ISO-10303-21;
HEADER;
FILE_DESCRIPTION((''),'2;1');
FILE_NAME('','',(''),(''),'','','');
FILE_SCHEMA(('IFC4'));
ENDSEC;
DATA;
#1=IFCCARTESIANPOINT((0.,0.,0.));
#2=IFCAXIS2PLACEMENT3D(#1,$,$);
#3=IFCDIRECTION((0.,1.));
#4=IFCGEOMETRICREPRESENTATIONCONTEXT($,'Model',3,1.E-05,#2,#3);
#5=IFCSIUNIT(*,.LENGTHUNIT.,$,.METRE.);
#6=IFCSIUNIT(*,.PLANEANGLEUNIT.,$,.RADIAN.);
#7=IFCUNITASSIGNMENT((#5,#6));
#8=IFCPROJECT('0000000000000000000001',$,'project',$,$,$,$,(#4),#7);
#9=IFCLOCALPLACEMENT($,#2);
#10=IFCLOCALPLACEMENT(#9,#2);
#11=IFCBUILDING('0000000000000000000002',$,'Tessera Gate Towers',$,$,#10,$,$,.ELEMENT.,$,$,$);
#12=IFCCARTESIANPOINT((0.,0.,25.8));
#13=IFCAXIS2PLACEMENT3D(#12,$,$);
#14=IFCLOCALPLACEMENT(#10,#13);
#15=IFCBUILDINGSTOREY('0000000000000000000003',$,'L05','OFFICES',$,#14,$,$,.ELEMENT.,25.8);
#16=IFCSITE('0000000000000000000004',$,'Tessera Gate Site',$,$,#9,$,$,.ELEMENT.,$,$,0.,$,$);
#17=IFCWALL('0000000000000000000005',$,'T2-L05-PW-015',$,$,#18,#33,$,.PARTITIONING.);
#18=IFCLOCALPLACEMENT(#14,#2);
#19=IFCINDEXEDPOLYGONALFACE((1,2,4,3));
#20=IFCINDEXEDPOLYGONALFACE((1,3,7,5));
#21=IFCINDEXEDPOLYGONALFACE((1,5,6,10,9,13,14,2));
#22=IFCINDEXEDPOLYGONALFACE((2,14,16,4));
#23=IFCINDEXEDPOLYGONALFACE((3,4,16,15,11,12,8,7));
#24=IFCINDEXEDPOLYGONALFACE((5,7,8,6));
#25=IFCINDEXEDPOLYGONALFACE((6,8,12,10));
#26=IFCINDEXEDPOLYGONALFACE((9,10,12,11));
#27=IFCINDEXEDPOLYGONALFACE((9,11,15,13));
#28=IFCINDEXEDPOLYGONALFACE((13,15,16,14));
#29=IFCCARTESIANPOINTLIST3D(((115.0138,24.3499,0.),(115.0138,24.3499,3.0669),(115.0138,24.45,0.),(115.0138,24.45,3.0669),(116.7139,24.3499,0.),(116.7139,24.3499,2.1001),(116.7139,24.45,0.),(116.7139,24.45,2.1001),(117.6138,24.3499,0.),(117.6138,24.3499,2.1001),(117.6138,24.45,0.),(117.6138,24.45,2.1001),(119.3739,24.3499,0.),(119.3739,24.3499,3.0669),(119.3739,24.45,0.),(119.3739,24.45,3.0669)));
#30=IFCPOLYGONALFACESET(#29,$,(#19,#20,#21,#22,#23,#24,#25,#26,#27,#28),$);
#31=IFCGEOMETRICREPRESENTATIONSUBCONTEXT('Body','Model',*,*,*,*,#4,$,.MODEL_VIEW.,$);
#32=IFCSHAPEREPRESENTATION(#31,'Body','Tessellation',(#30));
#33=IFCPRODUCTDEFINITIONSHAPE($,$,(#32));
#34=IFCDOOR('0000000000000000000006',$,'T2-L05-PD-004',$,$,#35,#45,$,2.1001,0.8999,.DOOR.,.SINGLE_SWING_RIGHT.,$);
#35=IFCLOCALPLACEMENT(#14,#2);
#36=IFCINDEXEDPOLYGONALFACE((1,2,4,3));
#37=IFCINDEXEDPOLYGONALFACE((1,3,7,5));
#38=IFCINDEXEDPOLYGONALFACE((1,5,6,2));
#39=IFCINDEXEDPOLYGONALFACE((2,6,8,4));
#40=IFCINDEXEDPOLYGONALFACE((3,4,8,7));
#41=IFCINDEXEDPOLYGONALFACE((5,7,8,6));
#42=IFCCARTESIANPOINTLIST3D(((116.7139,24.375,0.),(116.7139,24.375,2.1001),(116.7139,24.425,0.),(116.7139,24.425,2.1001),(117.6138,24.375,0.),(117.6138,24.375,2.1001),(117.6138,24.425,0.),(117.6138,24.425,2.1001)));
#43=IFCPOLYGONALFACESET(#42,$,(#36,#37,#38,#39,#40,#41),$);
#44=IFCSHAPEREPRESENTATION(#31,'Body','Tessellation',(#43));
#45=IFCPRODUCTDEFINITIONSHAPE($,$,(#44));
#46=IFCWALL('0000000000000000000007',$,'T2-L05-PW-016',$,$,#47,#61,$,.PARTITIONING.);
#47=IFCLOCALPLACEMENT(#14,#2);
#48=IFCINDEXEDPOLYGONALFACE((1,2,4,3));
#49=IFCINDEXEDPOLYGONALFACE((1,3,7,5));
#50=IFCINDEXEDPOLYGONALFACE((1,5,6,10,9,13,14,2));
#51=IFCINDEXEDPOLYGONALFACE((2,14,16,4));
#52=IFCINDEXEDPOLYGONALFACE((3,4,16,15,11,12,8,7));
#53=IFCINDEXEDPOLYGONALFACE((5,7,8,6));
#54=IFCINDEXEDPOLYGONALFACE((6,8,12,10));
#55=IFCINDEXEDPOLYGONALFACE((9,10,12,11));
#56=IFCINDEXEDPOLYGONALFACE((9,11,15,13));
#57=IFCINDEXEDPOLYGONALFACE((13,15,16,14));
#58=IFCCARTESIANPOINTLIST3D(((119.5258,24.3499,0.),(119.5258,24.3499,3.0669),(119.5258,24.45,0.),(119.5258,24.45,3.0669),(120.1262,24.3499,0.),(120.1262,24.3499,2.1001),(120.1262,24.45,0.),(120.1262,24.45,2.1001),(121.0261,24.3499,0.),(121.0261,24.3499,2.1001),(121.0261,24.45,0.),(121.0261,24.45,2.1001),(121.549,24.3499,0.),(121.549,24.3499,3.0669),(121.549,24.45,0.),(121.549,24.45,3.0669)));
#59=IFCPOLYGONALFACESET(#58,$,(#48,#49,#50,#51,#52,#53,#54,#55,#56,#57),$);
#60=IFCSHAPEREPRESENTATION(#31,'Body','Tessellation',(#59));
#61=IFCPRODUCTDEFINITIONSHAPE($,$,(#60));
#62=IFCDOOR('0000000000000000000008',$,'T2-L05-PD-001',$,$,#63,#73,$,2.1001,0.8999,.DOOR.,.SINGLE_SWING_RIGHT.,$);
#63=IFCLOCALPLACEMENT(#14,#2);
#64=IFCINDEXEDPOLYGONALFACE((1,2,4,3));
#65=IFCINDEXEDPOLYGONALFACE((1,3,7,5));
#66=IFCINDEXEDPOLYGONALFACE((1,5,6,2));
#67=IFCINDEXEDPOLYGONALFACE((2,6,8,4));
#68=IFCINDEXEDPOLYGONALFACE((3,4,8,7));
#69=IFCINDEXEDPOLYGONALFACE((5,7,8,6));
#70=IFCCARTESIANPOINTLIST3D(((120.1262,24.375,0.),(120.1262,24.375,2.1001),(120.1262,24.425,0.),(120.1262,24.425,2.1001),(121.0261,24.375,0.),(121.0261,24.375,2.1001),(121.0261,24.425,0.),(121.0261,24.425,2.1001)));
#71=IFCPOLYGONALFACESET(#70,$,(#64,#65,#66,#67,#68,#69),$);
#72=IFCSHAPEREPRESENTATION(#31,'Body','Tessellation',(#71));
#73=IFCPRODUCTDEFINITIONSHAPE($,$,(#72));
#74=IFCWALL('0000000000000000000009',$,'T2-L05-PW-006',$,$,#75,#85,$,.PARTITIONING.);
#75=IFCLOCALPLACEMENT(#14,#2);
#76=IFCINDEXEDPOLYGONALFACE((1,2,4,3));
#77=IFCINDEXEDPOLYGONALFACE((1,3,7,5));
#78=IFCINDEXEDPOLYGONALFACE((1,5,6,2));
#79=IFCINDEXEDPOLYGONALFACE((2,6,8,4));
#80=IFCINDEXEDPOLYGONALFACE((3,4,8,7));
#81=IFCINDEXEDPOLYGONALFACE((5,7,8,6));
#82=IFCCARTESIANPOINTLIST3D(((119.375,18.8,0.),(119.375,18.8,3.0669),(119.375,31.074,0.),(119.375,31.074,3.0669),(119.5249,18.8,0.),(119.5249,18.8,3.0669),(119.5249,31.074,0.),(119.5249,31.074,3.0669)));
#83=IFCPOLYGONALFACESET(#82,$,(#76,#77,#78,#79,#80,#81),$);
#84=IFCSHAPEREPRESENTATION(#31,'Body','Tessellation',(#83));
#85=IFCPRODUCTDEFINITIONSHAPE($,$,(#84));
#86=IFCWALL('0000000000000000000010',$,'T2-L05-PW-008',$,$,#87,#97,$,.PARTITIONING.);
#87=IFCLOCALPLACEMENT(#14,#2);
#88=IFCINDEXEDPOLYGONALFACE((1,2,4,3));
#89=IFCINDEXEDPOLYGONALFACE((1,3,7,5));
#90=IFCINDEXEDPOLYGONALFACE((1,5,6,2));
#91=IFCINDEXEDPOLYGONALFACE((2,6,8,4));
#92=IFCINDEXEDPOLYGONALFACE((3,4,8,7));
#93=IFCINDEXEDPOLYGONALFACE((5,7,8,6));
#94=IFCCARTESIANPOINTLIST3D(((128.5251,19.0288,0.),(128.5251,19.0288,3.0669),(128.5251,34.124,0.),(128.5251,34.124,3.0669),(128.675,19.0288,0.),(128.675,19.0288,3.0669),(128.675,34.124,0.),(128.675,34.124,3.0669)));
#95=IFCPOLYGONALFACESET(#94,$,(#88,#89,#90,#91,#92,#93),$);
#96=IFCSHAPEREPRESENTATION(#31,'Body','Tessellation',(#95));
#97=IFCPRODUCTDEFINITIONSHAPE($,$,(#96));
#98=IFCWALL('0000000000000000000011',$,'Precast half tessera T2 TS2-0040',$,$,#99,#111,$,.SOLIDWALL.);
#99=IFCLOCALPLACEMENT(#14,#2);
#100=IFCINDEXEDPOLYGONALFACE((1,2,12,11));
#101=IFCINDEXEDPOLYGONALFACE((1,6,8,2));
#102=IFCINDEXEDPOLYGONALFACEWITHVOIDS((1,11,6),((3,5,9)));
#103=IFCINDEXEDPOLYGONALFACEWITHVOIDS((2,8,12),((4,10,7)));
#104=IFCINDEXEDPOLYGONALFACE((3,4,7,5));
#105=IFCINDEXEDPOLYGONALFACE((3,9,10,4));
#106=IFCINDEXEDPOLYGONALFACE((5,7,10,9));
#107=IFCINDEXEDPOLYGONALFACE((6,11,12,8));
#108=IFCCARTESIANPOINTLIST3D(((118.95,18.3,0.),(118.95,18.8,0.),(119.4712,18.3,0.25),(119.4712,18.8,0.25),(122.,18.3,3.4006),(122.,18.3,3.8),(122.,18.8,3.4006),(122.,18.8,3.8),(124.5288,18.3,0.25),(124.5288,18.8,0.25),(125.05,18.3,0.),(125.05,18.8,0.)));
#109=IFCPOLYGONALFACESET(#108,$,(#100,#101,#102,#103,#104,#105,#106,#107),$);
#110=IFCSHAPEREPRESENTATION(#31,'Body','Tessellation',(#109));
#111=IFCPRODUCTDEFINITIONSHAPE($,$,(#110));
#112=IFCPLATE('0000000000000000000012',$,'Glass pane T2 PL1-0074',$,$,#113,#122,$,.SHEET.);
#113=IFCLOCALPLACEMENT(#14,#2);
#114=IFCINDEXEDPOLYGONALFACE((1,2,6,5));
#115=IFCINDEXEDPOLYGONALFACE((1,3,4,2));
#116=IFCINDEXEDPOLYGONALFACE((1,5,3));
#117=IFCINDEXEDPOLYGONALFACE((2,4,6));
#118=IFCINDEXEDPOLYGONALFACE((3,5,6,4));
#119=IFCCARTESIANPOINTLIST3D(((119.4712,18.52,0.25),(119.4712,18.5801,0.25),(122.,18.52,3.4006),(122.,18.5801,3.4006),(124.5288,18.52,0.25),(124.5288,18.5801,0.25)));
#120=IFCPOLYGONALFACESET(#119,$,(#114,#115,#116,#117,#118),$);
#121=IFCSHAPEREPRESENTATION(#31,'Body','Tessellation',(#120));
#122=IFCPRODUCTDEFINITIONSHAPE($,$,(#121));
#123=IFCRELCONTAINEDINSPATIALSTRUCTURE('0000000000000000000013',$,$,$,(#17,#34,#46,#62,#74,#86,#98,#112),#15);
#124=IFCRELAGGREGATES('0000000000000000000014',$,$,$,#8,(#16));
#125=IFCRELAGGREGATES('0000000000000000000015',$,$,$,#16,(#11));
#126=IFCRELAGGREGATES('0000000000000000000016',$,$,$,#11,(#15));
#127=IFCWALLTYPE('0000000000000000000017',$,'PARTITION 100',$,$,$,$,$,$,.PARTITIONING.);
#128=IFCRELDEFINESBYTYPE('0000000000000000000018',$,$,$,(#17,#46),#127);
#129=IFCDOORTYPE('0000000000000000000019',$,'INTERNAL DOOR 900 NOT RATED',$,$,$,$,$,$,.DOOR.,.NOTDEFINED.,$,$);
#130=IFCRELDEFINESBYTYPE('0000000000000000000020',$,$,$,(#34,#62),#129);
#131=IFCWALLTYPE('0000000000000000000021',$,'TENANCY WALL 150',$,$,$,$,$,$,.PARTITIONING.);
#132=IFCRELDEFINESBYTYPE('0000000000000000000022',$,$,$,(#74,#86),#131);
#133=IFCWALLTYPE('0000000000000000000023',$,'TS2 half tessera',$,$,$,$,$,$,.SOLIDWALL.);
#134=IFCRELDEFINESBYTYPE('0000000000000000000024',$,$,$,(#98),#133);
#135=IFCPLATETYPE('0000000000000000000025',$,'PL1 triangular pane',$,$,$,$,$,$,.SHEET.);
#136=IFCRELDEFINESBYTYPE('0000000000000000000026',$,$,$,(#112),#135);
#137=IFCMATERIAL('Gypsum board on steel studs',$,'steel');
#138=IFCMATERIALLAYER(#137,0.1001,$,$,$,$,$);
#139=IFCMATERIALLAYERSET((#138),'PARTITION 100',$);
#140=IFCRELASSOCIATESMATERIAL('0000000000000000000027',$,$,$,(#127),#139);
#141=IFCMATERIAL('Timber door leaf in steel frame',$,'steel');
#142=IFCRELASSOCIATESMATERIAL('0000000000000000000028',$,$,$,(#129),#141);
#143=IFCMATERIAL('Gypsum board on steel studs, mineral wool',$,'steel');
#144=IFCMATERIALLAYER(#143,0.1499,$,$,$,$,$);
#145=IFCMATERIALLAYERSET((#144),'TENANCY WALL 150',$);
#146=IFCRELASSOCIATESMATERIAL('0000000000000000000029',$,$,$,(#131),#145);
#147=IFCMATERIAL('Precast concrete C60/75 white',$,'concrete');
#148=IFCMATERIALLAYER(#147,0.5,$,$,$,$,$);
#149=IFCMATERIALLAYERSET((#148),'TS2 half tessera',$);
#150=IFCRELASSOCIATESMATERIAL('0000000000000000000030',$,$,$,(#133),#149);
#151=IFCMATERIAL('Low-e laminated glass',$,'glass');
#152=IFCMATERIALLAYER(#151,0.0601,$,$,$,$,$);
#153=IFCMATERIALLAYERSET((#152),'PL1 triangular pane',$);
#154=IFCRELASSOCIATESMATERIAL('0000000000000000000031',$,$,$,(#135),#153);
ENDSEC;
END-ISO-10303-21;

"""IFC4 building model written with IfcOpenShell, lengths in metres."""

from ifc_helpers import new_model, si_unit, direction, frame, frame_2d, origin, place, context, subcontext, project, spatial, polyline, rectangle, outline, extrude, source, transform, mapped, material, layer, layer_set, type_object, element, fill, save


model = new_model("IFC4")

# Units and contexts
model_context = context("Model", 3, precision=1e-05, world=origin(), true_north=direction((0.0, 1.0)))
body_context = subcontext(model_context, "Body", "Model", "MODEL_VIEW")
ifc_project = project(units=[si_unit("LENGTHUNIT", "METRE"), si_unit("PLANEANGLEUNIT", "RADIAN")], contexts=[model_context])

# Site, building, storey
site_placement = place(None, origin())
site = spatial("IfcSite", under=ifc_project, at=site_placement, Name="Tessera Gate Site", CompositionType="ELEMENT", RefElevation=0.0)
building_placement = place(site_placement, origin())
building = spatial("IfcBuilding", under=site, at=building_placement, Name="Tessera Gate Towers", CompositionType="ELEMENT")
storey_placement = place(building_placement, frame((0.0, 0.0, 25.8)))
storey = spatial("IfcBuildingStorey", under=building, at=storey_placement, Name="L05", Description="OFFICES", CompositionType="ELEMENT", Elevation=25.8)

# Shared definitions
shared_shape_1 = source(origin(), body_context, "Body", "SweptSolid", [
    extrude(rectangle(XDim=0.8999, YDim=2.1001, at=frame_2d((0.45, 1.05))), frame((0.0, 0.0601, 0.0), z_axis=(0.0, -1.0, 0.0), x_axis=(1.0, 0.0, 0.0)), (0.0, 0.0, 1.0), 0.1201),
])
shared_shape_2 = source(origin(), body_context, "Body", "SweptSolid", [
    extrude(rectangle(XDim=0.8999, YDim=2.1001, at=frame_2d((0.45, 1.05))), frame((0.0, 0.0249, 0.0), z_axis=(0.0, -1.0, 0.0), x_axis=(1.0, 0.0, 0.0)), (0.0, 0.0, 1.0), 0.05),
])

# Shared definitions
ifc_material_1 = material(Name="Gypsum board on steel studs", Category="steel")
ifc_layer_1 = layer(ifc_material_1, 0.1001)
ifc_layer_set_1 = layer_set([ifc_layer_1], Name="PARTITION 100")
wall_type_1 = type_object("IfcWallType", Name="PARTITION 100", PredefinedType="PARTITIONING", material=ifc_layer_set_1)

# Walls, openings, doors
wall_1_placement = place(storey_placement, frame((119.374, 24.3999, 0.0), z_axis=(0.0, 0.0, 1.0), x_axis=(-1.0, 0.0, 0.0)))
wall_1 = element("IfcWall", 1, at=wall_1_placement, inside=storey, type_object=wall_type_1, Name="T2-L05-PW-015", PredefinedType="PARTITIONING", context=body_context, shape_type="SweptSolid", body=[
    extrude(rectangle(XDim=4.3601, YDim=0.1001, at=frame_2d((2.1802, 0.0))), origin(), (0.0, 0.0, 1.0), 3.0669),
])
opening_1_placement = place(wall_1_placement, frame((1.7603, 0.0, 0.0)))
opening_1 = element("IfcOpeningElement", 2, at=opening_1_placement, cuts=wall_1, PredefinedType="OPENING", context=body_context, shape_type="MappedRepresentation", body=[
    mapped(shared_shape_1, transform((0.0, 0.0, 0.0), scale=1.0)),
])
ifc_material_2 = material(Name="Timber door leaf in steel frame", Category="steel")
door_type_1 = type_object("IfcDoorType", Name="INTERNAL DOOR 900 NOT RATED", OperationType="NOTDEFINED", PredefinedType="DOOR", material=ifc_material_2)
door_1_placement = place(opening_1_placement, origin())
door_1 = element("IfcDoor", 3, at=door_1_placement, inside=storey, type_object=door_type_1, Name="T2-L05-PD-004", OperationType="SINGLE_SWING_RIGHT", OverallHeight=2.1001, OverallWidth=0.8999, PredefinedType="DOOR", context=body_context, shape_type="MappedRepresentation", body=[
    mapped(shared_shape_2, transform((0.0, 0.0, 0.0), scale=1.0)),
])
fill(opening_1, door_1)
wall_2_placement = place(storey_placement, frame((121.5491, 24.3999, 0.0), z_axis=(0.0, 0.0, 1.0), x_axis=(-1.0, 0.0, 0.0)))
wall_2 = element("IfcWall", 4, at=wall_2_placement, inside=storey, type_object=wall_type_1, Name="T2-L05-PW-016", PredefinedType="PARTITIONING", context=body_context, shape_type="SweptSolid", body=[
    extrude(rectangle(XDim=2.0232, YDim=0.1001, at=frame_2d((1.0117, 0.0))), origin(), (0.0, 0.0, 1.0), 3.0669),
])
opening_2_placement = place(wall_2_placement, frame((0.5229, 0.0, 0.0)))
opening_2 = element("IfcOpeningElement", 5, at=opening_2_placement, cuts=wall_2, PredefinedType="OPENING", context=body_context, shape_type="MappedRepresentation", body=[
    mapped(shared_shape_1, transform((0.0, 0.0, 0.0), scale=1.0)),
])
door_2_placement = place(opening_2_placement, origin())
door_2 = element("IfcDoor", 6, at=door_2_placement, inside=storey, type_object=door_type_1, Name="T2-L05-PD-001", OperationType="SINGLE_SWING_RIGHT", OverallHeight=2.1001, OverallWidth=0.8999, PredefinedType="DOOR", context=body_context, shape_type="MappedRepresentation", body=[
    mapped(shared_shape_2, transform((0.0, 0.0, 0.0), scale=1.0)),
])
fill(opening_2, door_2)

# Walls
ifc_material_3 = material(Name="Gypsum board on steel studs, mineral wool", Category="steel")
ifc_layer_2 = layer(ifc_material_3, 0.1499)
ifc_layer_set_2 = layer_set([ifc_layer_2], Name="TENANCY WALL 150")
wall_type_2 = type_object("IfcWallType", Name="TENANCY WALL 150", PredefinedType="PARTITIONING", material=ifc_layer_set_2)
wall_3_placement = place(storey_placement, frame((119.45, 18.8, 0.0), z_axis=(0.0, 0.0, 1.0), x_axis=(0.0, 1.0, 0.0)))
element("IfcWall", 7, at=wall_3_placement, inside=storey, type_object=wall_type_2, Name="T2-L05-PW-006", PredefinedType="PARTITIONING", context=body_context, shape_type="SweptSolid", body=[
    extrude(rectangle(XDim=12.2739, YDim=0.1499, at=frame_2d((6.137, 0.0))), origin(), (0.0, 0.0, 1.0), 3.0669),
])
wall_4_placement = place(storey_placement, frame((128.6001, 19.0288, 0.0), z_axis=(0.0, 0.0, 1.0), x_axis=(0.0, 1.0, 0.0)))
element("IfcWall", 8, at=wall_4_placement, inside=storey, type_object=wall_type_2, Name="T2-L05-PW-008", PredefinedType="PARTITIONING", context=body_context, shape_type="SweptSolid", body=[
    extrude(rectangle(XDim=15.0952, YDim=0.1499, at=frame_2d((7.5476, 0.0))), origin(), (0.0, 0.0, 1.0), 3.0669),
])

# Wall, opening, plate
ifc_material_4 = material(Name="Precast concrete C60/75 white", Category="concrete")
ifc_layer_3 = layer(ifc_material_4, 0.5)
ifc_layer_set_3 = layer_set([ifc_layer_3], Name="TS2 half tessera")
wall_type_3 = type_object("IfcWallType", Name="TS2 half tessera", PredefinedType="SOLIDWALL", material=ifc_layer_set_3)
shared_shape_3 = source(origin(), body_context, "Body", "SweptSolid", [
    extrude(outline(polyline([(6.1001, 0.0), (3.05, 3.8), (0.0, 0.0), (6.1001, 0.0)])), frame((0.0, 0.25, 0.0), z_axis=(0.0, -1.0, 0.0), x_axis=(1.0, 0.0, 0.0)), (0.0, 0.0, 1.0), 0.5),
])
wall_5_placement = place(storey_placement, frame((118.95, 18.55, 0.0), z_axis=(0.0, 0.0, 1.0), x_axis=(1.0, 0.0, 0.0)))
wall_5 = element("IfcWall", 9, at=wall_5_placement, inside=storey, type_object=wall_type_3, Name="Precast half tessera T2 TS2-0040", PredefinedType="SOLIDWALL", context=body_context, shape_type="MappedRepresentation", body=[
    mapped(shared_shape_3, transform((0.0, 0.0, 0.0), scale=1.0)),
])
shared_shape_4 = source(origin(), body_context, "Body", "SweptSolid", [
    extrude(outline(polyline([(5.5789, 0.25), (3.05, 3.4006), (0.5212, 0.25), (5.5789, 0.25)])), frame((0.0, 0.26, 0.0), z_axis=(0.0, -1.0, 0.0), x_axis=(1.0, 0.0, 0.0)), (0.0, 0.0, 1.0), 0.52),
])
opening_3_placement = place(wall_5_placement, origin())
opening_3 = element("IfcOpeningElement", 10, at=opening_3_placement, cuts=wall_5, PredefinedType="OPENING", context=body_context, shape_type="MappedRepresentation", body=[
    mapped(shared_shape_4, transform((0.0, 0.0, 0.0), scale=1.0)),
])
ifc_material_5 = material(Name="Low-e laminated glass", Category="glass")
ifc_layer_4 = layer(ifc_material_5, 0.0601)
ifc_layer_set_4 = layer_set([ifc_layer_4], Name="PL1 triangular pane")
plate_type = type_object("IfcPlateType", Name="PL1 triangular pane", PredefinedType="SHEET", material=ifc_layer_set_4)
shared_shape_5 = source(origin(), body_context, "Body", "SweptSolid", [
    extrude(outline(polyline([(5.5789, 0.25), (3.05, 3.4006), (0.5212, 0.25), (5.5789, 0.25)])), frame((0.0, 0.03, 0.0), z_axis=(0.0, -1.0, 0.0), x_axis=(1.0, 0.0, 0.0)), (0.0, 0.0, 1.0), 0.0601),
])
plate_placement = place(opening_3_placement, origin())
plate = element("IfcPlate", 11, at=plate_placement, inside=storey, type_object=plate_type, Name="Glass pane T2 PL1-0074", PredefinedType="SHEET", context=body_context, shape_type="MappedRepresentation", body=[
    mapped(shared_shape_5, transform((0.0, 0.0, 0.0), scale=1.0)),
])
fill(opening_3, plate)

save(model, "model.ifc")
